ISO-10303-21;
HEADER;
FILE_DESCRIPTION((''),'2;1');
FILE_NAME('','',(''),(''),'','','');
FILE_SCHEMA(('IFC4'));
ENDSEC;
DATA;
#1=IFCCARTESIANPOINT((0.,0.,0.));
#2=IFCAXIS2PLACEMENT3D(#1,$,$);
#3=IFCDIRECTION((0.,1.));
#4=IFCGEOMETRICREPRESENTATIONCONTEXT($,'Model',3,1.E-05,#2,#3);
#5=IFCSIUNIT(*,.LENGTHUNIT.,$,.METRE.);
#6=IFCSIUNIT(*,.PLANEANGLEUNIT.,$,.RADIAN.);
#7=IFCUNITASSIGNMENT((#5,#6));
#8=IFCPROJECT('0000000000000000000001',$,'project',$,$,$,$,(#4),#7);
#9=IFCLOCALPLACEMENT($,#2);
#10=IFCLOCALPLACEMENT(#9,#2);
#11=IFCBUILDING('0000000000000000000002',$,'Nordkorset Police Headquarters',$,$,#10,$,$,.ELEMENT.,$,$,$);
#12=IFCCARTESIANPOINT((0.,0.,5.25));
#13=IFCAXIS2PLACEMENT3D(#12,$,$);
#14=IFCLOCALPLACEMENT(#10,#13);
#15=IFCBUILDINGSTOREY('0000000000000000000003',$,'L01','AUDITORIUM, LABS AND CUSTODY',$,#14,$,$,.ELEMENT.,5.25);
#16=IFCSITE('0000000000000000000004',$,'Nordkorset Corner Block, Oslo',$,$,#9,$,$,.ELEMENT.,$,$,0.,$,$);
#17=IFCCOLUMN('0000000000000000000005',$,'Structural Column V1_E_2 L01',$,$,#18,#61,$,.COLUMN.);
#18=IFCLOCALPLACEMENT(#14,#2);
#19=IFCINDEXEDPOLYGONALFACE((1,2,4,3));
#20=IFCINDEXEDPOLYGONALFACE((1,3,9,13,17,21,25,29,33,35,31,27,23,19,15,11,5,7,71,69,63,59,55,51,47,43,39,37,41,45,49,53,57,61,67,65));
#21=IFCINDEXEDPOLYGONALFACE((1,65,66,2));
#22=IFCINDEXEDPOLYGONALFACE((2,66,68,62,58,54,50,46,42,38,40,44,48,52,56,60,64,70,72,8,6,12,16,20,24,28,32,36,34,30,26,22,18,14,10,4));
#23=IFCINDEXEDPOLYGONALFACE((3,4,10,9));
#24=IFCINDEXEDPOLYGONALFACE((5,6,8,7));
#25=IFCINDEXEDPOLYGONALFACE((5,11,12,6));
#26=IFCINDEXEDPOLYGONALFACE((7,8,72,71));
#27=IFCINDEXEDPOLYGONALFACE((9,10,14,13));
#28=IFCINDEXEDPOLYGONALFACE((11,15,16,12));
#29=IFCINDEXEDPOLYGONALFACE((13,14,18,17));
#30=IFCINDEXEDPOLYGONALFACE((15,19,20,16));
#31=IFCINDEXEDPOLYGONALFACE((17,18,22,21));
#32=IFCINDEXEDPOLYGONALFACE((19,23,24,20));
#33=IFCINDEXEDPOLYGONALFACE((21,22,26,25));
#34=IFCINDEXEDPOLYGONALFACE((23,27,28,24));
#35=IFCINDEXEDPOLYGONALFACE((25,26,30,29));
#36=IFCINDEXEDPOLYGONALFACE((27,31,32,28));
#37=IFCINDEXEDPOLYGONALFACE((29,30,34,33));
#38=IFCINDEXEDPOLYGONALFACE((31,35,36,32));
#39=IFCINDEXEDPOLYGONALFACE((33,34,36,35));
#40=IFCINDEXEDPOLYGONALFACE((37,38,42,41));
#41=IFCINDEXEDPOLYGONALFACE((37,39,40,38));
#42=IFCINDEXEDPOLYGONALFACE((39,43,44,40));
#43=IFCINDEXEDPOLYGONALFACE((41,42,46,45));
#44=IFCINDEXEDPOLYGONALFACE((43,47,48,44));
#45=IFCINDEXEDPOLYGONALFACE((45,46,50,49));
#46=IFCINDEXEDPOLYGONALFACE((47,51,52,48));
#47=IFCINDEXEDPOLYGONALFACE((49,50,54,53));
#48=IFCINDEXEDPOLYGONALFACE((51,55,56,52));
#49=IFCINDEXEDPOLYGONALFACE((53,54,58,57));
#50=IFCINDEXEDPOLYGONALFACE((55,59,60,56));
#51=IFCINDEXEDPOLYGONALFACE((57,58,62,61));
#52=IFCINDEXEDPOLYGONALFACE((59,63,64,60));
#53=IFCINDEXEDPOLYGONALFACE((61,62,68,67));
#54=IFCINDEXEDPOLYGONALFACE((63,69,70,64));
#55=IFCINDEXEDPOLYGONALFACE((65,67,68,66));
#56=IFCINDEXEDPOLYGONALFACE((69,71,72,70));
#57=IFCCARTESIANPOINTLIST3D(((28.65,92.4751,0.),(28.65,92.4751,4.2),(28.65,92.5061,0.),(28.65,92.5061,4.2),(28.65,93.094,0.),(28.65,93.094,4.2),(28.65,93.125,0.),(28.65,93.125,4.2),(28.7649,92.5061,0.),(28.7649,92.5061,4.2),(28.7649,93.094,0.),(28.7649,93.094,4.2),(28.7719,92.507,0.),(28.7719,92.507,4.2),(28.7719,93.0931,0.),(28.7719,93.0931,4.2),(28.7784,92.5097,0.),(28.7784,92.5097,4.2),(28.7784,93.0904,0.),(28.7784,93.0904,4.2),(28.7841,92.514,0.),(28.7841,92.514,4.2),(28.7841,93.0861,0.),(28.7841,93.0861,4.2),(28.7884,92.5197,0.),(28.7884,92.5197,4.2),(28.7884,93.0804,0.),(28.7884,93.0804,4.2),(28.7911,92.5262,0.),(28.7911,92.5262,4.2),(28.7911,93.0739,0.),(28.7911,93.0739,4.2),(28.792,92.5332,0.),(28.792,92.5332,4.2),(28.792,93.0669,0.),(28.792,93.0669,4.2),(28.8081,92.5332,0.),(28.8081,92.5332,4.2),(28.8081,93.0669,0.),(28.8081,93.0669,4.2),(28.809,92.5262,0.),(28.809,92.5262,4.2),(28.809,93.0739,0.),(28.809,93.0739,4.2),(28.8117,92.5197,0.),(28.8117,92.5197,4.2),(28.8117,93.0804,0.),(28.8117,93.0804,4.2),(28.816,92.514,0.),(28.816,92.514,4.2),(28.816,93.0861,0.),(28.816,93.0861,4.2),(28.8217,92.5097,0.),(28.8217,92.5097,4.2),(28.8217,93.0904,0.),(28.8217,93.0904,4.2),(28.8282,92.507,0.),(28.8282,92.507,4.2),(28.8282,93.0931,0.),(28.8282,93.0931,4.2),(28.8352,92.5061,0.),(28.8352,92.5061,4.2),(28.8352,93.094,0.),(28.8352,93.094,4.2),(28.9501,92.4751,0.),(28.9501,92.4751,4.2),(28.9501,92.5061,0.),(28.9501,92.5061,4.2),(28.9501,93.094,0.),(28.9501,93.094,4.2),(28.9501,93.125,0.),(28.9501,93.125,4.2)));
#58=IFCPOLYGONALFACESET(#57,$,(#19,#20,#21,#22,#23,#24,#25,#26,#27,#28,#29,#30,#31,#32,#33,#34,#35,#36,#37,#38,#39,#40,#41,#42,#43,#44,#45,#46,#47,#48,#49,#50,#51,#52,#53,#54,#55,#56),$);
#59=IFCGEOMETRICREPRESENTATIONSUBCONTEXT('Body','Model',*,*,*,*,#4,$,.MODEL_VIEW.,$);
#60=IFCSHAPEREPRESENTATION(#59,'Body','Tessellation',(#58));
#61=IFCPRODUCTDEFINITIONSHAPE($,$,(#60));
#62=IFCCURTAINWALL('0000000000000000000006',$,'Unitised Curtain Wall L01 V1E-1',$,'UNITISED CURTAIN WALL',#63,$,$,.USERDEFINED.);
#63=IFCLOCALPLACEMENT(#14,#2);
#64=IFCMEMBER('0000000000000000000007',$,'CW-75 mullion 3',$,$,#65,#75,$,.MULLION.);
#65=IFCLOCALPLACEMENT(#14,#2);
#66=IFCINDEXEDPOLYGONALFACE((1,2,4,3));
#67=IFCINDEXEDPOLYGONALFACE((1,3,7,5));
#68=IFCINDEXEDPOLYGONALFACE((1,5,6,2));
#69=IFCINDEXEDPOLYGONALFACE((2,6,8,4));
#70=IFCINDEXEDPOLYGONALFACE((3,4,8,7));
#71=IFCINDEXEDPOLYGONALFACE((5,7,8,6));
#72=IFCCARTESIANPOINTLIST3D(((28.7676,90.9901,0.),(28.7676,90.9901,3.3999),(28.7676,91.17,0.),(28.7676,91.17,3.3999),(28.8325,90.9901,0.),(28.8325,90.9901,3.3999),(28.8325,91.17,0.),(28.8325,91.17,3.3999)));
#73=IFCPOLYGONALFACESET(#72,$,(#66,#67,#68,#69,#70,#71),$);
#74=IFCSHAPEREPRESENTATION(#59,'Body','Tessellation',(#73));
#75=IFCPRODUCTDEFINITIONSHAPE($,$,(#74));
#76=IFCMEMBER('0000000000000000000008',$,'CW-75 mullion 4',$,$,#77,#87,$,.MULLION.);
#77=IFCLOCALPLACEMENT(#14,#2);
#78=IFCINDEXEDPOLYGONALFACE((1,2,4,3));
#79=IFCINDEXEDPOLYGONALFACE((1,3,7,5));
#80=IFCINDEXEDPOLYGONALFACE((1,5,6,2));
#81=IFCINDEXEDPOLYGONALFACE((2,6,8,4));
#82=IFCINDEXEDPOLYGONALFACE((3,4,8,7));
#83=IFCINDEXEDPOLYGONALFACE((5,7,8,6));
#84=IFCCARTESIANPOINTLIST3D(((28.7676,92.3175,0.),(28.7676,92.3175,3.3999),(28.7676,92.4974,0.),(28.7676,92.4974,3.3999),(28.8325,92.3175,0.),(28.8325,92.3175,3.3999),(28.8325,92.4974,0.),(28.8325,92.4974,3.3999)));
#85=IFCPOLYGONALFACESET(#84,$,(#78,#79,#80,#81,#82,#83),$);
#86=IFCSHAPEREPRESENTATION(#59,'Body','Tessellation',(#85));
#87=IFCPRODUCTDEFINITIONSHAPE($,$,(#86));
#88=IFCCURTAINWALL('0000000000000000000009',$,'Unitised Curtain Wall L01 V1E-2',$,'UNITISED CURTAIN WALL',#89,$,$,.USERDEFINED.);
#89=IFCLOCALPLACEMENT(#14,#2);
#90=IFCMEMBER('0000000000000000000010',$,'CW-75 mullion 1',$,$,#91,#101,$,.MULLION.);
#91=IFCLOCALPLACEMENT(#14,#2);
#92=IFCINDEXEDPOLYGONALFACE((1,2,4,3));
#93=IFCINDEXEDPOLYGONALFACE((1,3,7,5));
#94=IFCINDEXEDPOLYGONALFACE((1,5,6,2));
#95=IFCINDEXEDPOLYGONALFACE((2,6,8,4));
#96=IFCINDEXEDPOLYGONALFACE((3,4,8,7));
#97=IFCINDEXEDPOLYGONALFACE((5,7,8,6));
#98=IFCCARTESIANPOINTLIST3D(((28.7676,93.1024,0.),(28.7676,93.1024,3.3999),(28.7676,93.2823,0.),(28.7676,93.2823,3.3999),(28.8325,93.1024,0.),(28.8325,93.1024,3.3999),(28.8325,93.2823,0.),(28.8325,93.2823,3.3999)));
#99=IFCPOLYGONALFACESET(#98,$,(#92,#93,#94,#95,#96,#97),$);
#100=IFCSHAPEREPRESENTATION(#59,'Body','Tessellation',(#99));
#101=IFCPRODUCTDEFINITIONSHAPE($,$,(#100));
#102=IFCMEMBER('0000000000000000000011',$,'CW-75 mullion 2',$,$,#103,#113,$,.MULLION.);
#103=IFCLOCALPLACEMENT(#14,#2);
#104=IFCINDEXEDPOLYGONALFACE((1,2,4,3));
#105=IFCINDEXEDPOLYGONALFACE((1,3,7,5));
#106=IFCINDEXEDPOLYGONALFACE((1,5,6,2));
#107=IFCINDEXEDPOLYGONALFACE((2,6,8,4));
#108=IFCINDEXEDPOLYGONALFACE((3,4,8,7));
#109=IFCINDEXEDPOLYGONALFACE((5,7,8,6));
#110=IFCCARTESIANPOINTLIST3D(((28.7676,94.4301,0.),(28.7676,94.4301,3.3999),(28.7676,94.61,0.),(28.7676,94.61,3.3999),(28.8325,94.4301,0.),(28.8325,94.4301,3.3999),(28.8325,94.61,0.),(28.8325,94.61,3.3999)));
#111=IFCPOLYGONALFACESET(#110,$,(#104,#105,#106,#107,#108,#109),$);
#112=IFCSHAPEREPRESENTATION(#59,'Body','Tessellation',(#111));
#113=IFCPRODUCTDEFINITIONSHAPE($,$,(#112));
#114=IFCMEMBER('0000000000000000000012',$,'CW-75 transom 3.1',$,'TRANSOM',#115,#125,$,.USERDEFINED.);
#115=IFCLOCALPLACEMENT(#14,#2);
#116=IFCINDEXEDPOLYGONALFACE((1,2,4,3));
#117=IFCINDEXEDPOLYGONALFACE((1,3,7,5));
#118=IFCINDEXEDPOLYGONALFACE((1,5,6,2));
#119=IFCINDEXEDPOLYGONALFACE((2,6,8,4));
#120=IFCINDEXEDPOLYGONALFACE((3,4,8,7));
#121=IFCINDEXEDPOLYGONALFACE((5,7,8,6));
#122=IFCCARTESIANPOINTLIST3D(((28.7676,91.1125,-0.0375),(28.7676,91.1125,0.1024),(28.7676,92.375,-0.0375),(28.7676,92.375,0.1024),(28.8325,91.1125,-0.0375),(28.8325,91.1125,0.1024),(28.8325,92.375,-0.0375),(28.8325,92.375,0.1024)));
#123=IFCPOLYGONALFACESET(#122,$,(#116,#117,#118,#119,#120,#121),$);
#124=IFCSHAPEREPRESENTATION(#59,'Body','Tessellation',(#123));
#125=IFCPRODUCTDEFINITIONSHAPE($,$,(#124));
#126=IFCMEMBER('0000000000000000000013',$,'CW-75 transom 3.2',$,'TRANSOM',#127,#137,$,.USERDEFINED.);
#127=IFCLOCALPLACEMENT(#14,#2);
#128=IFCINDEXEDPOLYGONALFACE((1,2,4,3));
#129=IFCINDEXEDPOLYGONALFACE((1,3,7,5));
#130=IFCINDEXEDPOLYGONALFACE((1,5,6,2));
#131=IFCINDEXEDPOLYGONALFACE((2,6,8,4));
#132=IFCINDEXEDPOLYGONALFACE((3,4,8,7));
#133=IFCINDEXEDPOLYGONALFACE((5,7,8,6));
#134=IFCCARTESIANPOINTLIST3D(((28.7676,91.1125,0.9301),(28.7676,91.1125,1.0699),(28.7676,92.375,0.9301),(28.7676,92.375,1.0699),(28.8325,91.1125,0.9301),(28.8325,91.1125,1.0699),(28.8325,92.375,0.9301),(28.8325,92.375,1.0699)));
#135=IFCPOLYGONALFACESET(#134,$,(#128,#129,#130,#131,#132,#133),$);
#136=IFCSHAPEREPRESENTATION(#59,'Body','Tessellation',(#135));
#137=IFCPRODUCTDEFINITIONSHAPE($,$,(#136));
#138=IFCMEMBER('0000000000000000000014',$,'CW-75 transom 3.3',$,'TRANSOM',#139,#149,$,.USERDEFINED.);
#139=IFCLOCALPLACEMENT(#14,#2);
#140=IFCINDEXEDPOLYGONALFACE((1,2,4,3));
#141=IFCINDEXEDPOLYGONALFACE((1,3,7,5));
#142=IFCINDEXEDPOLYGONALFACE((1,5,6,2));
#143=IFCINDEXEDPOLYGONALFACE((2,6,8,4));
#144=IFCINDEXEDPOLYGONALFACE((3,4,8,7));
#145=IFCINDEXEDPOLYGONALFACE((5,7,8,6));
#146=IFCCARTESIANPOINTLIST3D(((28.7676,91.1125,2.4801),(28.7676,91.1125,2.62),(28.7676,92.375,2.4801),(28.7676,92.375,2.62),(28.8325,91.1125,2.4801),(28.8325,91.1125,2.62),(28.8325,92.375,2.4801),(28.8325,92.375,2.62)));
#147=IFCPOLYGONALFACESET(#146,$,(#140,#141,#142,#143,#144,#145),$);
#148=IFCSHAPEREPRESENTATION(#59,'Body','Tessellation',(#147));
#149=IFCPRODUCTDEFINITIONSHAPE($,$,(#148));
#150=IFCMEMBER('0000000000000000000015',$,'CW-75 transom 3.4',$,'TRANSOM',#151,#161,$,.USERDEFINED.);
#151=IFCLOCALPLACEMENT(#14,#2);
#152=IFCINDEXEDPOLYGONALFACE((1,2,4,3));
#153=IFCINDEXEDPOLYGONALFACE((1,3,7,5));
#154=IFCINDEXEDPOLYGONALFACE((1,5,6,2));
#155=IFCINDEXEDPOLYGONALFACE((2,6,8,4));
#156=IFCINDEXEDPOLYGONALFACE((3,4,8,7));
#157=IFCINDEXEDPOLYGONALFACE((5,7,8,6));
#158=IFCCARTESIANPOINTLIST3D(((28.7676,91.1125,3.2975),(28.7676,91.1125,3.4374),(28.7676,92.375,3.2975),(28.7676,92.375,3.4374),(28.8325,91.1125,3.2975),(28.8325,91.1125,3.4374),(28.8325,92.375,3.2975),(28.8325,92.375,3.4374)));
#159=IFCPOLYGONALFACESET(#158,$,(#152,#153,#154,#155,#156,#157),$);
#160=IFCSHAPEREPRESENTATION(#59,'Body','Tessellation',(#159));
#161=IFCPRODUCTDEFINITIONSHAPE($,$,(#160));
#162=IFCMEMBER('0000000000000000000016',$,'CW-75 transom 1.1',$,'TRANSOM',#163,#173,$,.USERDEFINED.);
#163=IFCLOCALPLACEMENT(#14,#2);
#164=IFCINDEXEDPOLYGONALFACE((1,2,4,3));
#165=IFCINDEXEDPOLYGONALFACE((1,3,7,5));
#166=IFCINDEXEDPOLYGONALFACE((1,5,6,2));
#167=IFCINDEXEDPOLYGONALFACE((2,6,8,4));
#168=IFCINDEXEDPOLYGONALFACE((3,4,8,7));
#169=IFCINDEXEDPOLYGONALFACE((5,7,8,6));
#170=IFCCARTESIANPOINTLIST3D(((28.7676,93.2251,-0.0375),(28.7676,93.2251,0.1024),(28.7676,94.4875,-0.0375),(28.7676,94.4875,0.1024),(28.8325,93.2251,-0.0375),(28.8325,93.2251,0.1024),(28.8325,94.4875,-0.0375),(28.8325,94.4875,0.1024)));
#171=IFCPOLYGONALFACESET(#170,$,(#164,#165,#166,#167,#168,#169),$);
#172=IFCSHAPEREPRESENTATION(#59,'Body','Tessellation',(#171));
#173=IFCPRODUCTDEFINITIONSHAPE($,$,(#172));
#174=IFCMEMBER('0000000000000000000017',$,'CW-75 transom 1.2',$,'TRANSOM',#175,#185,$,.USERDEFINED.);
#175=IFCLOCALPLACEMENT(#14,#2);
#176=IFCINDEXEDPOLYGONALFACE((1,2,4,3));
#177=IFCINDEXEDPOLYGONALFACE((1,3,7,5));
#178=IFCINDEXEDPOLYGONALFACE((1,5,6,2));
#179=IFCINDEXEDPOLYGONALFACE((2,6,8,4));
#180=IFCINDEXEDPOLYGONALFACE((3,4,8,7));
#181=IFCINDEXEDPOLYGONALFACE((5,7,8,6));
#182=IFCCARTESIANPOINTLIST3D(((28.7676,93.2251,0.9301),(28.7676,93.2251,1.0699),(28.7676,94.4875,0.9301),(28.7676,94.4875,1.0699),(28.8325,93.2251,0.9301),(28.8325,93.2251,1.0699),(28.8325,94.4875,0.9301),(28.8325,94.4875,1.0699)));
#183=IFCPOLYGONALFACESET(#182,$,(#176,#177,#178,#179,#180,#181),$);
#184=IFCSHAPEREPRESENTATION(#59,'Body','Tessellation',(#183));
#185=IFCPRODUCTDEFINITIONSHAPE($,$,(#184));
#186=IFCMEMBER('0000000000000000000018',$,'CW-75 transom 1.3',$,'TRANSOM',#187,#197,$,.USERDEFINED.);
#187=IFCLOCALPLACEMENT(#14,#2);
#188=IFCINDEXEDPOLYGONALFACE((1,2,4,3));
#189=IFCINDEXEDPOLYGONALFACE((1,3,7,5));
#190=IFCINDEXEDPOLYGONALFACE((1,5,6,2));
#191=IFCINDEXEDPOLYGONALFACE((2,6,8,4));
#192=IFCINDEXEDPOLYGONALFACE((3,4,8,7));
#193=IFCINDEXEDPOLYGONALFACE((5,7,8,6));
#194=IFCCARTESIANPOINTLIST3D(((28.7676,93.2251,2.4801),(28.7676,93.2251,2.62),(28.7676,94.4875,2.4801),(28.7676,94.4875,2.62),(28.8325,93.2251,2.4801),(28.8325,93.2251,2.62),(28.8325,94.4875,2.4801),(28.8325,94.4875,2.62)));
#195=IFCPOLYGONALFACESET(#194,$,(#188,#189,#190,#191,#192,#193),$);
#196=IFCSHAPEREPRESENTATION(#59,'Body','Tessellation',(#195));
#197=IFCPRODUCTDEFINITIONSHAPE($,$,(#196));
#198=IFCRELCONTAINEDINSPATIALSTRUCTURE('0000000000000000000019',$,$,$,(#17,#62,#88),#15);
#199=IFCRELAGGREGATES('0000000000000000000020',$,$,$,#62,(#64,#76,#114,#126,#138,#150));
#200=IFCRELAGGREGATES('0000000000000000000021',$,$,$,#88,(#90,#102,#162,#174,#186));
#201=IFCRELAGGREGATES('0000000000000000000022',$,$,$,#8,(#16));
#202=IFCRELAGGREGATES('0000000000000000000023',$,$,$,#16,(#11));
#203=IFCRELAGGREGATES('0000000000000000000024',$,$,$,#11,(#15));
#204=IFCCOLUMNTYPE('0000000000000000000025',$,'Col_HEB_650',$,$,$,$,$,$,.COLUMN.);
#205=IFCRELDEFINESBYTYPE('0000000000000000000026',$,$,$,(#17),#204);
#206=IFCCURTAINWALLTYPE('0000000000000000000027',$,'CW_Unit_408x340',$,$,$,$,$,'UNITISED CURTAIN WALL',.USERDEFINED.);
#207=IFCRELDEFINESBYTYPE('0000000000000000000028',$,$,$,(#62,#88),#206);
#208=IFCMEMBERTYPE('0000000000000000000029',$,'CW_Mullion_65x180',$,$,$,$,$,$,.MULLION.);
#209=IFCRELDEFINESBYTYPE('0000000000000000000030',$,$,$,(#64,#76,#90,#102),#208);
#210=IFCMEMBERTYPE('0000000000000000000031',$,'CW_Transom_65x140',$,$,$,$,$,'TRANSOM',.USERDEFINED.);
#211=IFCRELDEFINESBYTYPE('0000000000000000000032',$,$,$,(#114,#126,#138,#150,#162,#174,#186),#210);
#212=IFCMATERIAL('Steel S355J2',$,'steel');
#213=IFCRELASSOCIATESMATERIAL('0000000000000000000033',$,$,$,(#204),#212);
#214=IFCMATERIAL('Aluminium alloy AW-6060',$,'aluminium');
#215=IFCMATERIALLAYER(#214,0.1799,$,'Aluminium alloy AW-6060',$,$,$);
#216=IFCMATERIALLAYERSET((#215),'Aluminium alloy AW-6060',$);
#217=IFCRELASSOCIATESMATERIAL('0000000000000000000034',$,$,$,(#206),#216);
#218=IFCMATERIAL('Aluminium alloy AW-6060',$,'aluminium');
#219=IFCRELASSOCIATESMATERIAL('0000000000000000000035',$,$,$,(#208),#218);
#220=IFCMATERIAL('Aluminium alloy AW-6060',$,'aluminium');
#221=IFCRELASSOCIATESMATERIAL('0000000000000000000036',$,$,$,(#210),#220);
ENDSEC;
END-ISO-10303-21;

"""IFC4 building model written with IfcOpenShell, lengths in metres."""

from ifc_helpers import new_model, si_unit, direction, frame, origin, origin_2d, place, context, subcontext, project, spatial, rectangle, i_section, extrude, material, layer, layer_set, material_profile, profile_set, type_object, element, aggregate, save


model = new_model("IFC4")

# Units and contexts
model_context = context("Model", 3, precision=1e-05, world=origin(), true_north=direction((0.0, 1.0)))
body_context = subcontext(model_context, "Body", "Model", "MODEL_VIEW")
ifc_project = project(units=[si_unit("LENGTHUNIT", "METRE"), si_unit("PLANEANGLEUNIT", "RADIAN")], contexts=[model_context])

# Site, building, storey
site_placement = place(None, origin())
site = spatial("IfcSite", under=ifc_project, at=site_placement, Name="Nordkorset Corner Block, Oslo", CompositionType="ELEMENT", RefElevation=0.0)
building_placement = place(site_placement, origin())
building = spatial("IfcBuilding", under=site, at=building_placement, Name="Nordkorset Police Headquarters", CompositionType="ELEMENT")
storey_placement = place(building_placement, frame((0.0, 0.0, 5.25)))
storey = spatial("IfcBuildingStorey", under=building, at=storey_placement, Name="L01", Description="AUDITORIUM, LABS AND CUSTODY", CompositionType="ELEMENT", Elevation=5.25)

# Column
ifc_material_1 = material(Name="Steel S355J2", Category="steel")
ifc_material_profile_1 = material_profile(ifc_material_1, i_section(OverallWidth=0.3, OverallDepth=0.6499, WebThickness=0.0161, FlangeThickness=0.031, FilletRadius=0.0271, at=origin_2d()), Name="HEB 650")
ifc_profile_set_1 = profile_set([ifc_material_profile_1], Name="Steel S355J2")
column_type = type_object("IfcColumnType", Name="Col_HEB_650", PredefinedType="COLUMN", material=ifc_profile_set_1)
column_placement = place(storey_placement, frame((28.8, 92.8, 0.0), z_axis=(0.0, 0.0, 1.0), x_axis=(1.0, 0.0, 0.0)))
element("IfcColumn", 1, at=column_placement, inside=storey, type_object=column_type, Name="Structural Column V1_E_2 L01", PredefinedType="COLUMN", context=body_context, shape_type="SweptSolid", body=[
    extrude(i_section(OverallWidth=0.3, OverallDepth=0.6499, WebThickness=0.0161, FlangeThickness=0.031, FilletRadius=0.0271, at=origin_2d()), origin(), (0.0, 0.0, 1.0), 4.2),
])

# Curtain walls, members
ifc_material_2 = material(Name="Aluminium alloy AW-6060", Category="aluminium")
ifc_layer_1 = layer(ifc_material_2, 0.1799, Name="Aluminium alloy AW-6060")
ifc_layer_set_1 = layer_set([ifc_layer_1], Name="Aluminium alloy AW-6060")
curtain_wall_type = type_object("IfcCurtainWallType", Name="CW_Unit_408x340", ElementType="UNITISED CURTAIN WALL", PredefinedType="USERDEFINED", material=ifc_layer_set_1)
curtain_wall_1_placement = place(storey_placement, origin())
curtain_wall_1 = element("IfcCurtainWall", 2, at=curtain_wall_1_placement, inside=storey, type_object=curtain_wall_type, Name="Unitised Curtain Wall L01 V1E-1", ObjectType="UNITISED CURTAIN WALL", PredefinedType="USERDEFINED")
ifc_material_3 = material(Name="Aluminium alloy AW-6060", Category="aluminium")
ifc_material_profile_2 = material_profile(ifc_material_3, rectangle(XDim=0.0649, YDim=0.1799, at=origin_2d()), Name="ALU MULL 65x180")
ifc_profile_set_2 = profile_set([ifc_material_profile_2], Name="Aluminium alloy AW-6060")
member_type_1 = type_object("IfcMemberType", Name="CW_Mullion_65x180", PredefinedType="MULLION", material=ifc_profile_set_2)
member_1_placement = place(storey_placement, frame((28.8, 91.0801, 0.0), z_axis=(0.0, 0.0, 1.0), x_axis=(-1.0, 0.0, 0.0)))
member_1 = element("IfcMember", 3, at=member_1_placement, type_object=member_type_1, Name="CW-75 mullion 3", PredefinedType="MULLION", context=body_context, shape_type="SweptSolid", body=[
    extrude(rectangle(XDim=0.0649, YDim=0.1799, at=origin_2d()), origin(), (0.0, 0.0, 1.0), 3.3999),
])
member_2_placement = place(storey_placement, frame((28.8, 92.4075, 0.0), z_axis=(0.0, 0.0, 1.0), x_axis=(-1.0, 0.0, 0.0)))
member_2 = element("IfcMember", 4, at=member_2_placement, type_object=member_type_1, Name="CW-75 mullion 4", PredefinedType="MULLION", context=body_context, shape_type="SweptSolid", body=[
    extrude(rectangle(XDim=0.0649, YDim=0.1799, at=origin_2d()), origin(), (0.0, 0.0, 1.0), 3.3999),
])
curtain_wall_2_placement = place(storey_placement, origin())
curtain_wall_2 = element("IfcCurtainWall", 5, at=curtain_wall_2_placement, inside=storey, type_object=curtain_wall_type, Name="Unitised Curtain Wall L01 V1E-2", ObjectType="UNITISED CURTAIN WALL", PredefinedType="USERDEFINED")
member_3_placement = place(storey_placement, frame((28.8, 93.1924, 0.0), z_axis=(0.0, 0.0, 1.0), x_axis=(-1.0, 0.0, 0.0)))
member_3 = element("IfcMember", 6, at=member_3_placement, type_object=member_type_1, Name="CW-75 mullion 1", PredefinedType="MULLION", context=body_context, shape_type="SweptSolid", body=[
    extrude(rectangle(XDim=0.0649, YDim=0.1799, at=origin_2d()), origin(), (0.0, 0.0, 1.0), 3.3999),
])
member_4_placement = place(storey_placement, frame((28.8, 94.52, 0.0), z_axis=(0.0, 0.0, 1.0), x_axis=(-1.0, 0.0, 0.0)))
member_4 = element("IfcMember", 7, at=member_4_placement, type_object=member_type_1, Name="CW-75 mullion 2", PredefinedType="MULLION", context=body_context, shape_type="SweptSolid", body=[
    extrude(rectangle(XDim=0.0649, YDim=0.1799, at=origin_2d()), origin(), (0.0, 0.0, 1.0), 3.3999),
])

# Members
ifc_material_4 = material(Name="Aluminium alloy AW-6060", Category="aluminium")
ifc_material_profile_3 = material_profile(ifc_material_4, rectangle(XDim=0.0649, YDim=0.1399, at=origin_2d()), Name="ALU TRAN 65x140")
ifc_profile_set_3 = profile_set([ifc_material_profile_3], Name="Aluminium alloy AW-6060")
member_type_2 = type_object("IfcMemberType", Name="CW_Transom_65x140", ElementType="TRANSOM", PredefinedType="USERDEFINED", material=ifc_profile_set_3)
member_5_placement = place(storey_placement, frame((28.8, 91.1125, 0.0325), z_axis=(0.0, 1.0, 0.0), x_axis=(-1.0, 0.0, 0.0)))
member_5 = element("IfcMember", 8, at=member_5_placement, type_object=member_type_2, Name="CW-75 transom 3.1", ObjectType="TRANSOM", PredefinedType="USERDEFINED", context=body_context, shape_type="SweptSolid", body=[
    extrude(rectangle(XDim=0.0649, YDim=0.1399, at=origin_2d()), origin(), (0.0, 0.0, 1.0), 1.2625),
])
member_6_placement = place(storey_placement, frame((28.8, 91.1125, 1.0), z_axis=(0.0, 1.0, 0.0), x_axis=(-1.0, 0.0, 0.0)))
member_6 = element("IfcMember", 9, at=member_6_placement, type_object=member_type_2, Name="CW-75 transom 3.2", ObjectType="TRANSOM", PredefinedType="USERDEFINED", context=body_context, shape_type="SweptSolid", body=[
    extrude(rectangle(XDim=0.0649, YDim=0.1399, at=origin_2d()), origin(), (0.0, 0.0, 1.0), 1.2625),
])
member_7_placement = place(storey_placement, frame((28.8, 91.1125, 2.55), z_axis=(0.0, 1.0, 0.0), x_axis=(-1.0, 0.0, 0.0)))
member_7 = element("IfcMember", 10, at=member_7_placement, type_object=member_type_2, Name="CW-75 transom 3.3", ObjectType="TRANSOM", PredefinedType="USERDEFINED", context=body_context, shape_type="SweptSolid", body=[
    extrude(rectangle(XDim=0.0649, YDim=0.1399, at=origin_2d()), origin(), (0.0, 0.0, 1.0), 1.2625),
])
member_8_placement = place(storey_placement, frame((28.8, 91.1125, 3.3674), z_axis=(0.0, 1.0, 0.0), x_axis=(-1.0, 0.0, 0.0)))
member_8 = element("IfcMember", 11, at=member_8_placement, type_object=member_type_2, Name="CW-75 transom 3.4", ObjectType="TRANSOM", PredefinedType="USERDEFINED", context=body_context, shape_type="SweptSolid", body=[
    extrude(rectangle(XDim=0.0649, YDim=0.1399, at=origin_2d()), origin(), (0.0, 0.0, 1.0), 1.2625),
])
member_9_placement = place(storey_placement, frame((28.8, 93.2251, 0.0325), z_axis=(0.0, 1.0, 0.0), x_axis=(-1.0, 0.0, 0.0)))
member_9 = element("IfcMember", 12, at=member_9_placement, type_object=member_type_2, Name="CW-75 transom 1.1", ObjectType="TRANSOM", PredefinedType="USERDEFINED", context=body_context, shape_type="SweptSolid", body=[
    extrude(rectangle(XDim=0.0649, YDim=0.1399, at=origin_2d()), origin(), (0.0, 0.0, 1.0), 1.2625),
])
member_10_placement = place(storey_placement, frame((28.8, 93.2251, 1.0), z_axis=(0.0, 1.0, 0.0), x_axis=(-1.0, 0.0, 0.0)))
member_10 = element("IfcMember", 13, at=member_10_placement, type_object=member_type_2, Name="CW-75 transom 1.2", ObjectType="TRANSOM", PredefinedType="USERDEFINED", context=body_context, shape_type="SweptSolid", body=[
    extrude(rectangle(XDim=0.0649, YDim=0.1399, at=origin_2d()), origin(), (0.0, 0.0, 1.0), 1.2625),
])
member_11_placement = place(storey_placement, frame((28.8, 93.2251, 2.55), z_axis=(0.0, 1.0, 0.0), x_axis=(-1.0, 0.0, 0.0)))
member_11 = element("IfcMember", 14, at=member_11_placement, type_object=member_type_2, Name="CW-75 transom 1.3", ObjectType="TRANSOM", PredefinedType="USERDEFINED", context=body_context, shape_type="SweptSolid", body=[
    extrude(rectangle(XDim=0.0649, YDim=0.1399, at=origin_2d()), origin(), (0.0, 0.0, 1.0), 1.2625),
])

aggregate(curtain_wall_1, [member_1, member_2, member_5, member_6, member_7, member_8])
aggregate(curtain_wall_2, [member_3, member_4, member_9, member_10, member_11])

save(model, "model.ifc")
